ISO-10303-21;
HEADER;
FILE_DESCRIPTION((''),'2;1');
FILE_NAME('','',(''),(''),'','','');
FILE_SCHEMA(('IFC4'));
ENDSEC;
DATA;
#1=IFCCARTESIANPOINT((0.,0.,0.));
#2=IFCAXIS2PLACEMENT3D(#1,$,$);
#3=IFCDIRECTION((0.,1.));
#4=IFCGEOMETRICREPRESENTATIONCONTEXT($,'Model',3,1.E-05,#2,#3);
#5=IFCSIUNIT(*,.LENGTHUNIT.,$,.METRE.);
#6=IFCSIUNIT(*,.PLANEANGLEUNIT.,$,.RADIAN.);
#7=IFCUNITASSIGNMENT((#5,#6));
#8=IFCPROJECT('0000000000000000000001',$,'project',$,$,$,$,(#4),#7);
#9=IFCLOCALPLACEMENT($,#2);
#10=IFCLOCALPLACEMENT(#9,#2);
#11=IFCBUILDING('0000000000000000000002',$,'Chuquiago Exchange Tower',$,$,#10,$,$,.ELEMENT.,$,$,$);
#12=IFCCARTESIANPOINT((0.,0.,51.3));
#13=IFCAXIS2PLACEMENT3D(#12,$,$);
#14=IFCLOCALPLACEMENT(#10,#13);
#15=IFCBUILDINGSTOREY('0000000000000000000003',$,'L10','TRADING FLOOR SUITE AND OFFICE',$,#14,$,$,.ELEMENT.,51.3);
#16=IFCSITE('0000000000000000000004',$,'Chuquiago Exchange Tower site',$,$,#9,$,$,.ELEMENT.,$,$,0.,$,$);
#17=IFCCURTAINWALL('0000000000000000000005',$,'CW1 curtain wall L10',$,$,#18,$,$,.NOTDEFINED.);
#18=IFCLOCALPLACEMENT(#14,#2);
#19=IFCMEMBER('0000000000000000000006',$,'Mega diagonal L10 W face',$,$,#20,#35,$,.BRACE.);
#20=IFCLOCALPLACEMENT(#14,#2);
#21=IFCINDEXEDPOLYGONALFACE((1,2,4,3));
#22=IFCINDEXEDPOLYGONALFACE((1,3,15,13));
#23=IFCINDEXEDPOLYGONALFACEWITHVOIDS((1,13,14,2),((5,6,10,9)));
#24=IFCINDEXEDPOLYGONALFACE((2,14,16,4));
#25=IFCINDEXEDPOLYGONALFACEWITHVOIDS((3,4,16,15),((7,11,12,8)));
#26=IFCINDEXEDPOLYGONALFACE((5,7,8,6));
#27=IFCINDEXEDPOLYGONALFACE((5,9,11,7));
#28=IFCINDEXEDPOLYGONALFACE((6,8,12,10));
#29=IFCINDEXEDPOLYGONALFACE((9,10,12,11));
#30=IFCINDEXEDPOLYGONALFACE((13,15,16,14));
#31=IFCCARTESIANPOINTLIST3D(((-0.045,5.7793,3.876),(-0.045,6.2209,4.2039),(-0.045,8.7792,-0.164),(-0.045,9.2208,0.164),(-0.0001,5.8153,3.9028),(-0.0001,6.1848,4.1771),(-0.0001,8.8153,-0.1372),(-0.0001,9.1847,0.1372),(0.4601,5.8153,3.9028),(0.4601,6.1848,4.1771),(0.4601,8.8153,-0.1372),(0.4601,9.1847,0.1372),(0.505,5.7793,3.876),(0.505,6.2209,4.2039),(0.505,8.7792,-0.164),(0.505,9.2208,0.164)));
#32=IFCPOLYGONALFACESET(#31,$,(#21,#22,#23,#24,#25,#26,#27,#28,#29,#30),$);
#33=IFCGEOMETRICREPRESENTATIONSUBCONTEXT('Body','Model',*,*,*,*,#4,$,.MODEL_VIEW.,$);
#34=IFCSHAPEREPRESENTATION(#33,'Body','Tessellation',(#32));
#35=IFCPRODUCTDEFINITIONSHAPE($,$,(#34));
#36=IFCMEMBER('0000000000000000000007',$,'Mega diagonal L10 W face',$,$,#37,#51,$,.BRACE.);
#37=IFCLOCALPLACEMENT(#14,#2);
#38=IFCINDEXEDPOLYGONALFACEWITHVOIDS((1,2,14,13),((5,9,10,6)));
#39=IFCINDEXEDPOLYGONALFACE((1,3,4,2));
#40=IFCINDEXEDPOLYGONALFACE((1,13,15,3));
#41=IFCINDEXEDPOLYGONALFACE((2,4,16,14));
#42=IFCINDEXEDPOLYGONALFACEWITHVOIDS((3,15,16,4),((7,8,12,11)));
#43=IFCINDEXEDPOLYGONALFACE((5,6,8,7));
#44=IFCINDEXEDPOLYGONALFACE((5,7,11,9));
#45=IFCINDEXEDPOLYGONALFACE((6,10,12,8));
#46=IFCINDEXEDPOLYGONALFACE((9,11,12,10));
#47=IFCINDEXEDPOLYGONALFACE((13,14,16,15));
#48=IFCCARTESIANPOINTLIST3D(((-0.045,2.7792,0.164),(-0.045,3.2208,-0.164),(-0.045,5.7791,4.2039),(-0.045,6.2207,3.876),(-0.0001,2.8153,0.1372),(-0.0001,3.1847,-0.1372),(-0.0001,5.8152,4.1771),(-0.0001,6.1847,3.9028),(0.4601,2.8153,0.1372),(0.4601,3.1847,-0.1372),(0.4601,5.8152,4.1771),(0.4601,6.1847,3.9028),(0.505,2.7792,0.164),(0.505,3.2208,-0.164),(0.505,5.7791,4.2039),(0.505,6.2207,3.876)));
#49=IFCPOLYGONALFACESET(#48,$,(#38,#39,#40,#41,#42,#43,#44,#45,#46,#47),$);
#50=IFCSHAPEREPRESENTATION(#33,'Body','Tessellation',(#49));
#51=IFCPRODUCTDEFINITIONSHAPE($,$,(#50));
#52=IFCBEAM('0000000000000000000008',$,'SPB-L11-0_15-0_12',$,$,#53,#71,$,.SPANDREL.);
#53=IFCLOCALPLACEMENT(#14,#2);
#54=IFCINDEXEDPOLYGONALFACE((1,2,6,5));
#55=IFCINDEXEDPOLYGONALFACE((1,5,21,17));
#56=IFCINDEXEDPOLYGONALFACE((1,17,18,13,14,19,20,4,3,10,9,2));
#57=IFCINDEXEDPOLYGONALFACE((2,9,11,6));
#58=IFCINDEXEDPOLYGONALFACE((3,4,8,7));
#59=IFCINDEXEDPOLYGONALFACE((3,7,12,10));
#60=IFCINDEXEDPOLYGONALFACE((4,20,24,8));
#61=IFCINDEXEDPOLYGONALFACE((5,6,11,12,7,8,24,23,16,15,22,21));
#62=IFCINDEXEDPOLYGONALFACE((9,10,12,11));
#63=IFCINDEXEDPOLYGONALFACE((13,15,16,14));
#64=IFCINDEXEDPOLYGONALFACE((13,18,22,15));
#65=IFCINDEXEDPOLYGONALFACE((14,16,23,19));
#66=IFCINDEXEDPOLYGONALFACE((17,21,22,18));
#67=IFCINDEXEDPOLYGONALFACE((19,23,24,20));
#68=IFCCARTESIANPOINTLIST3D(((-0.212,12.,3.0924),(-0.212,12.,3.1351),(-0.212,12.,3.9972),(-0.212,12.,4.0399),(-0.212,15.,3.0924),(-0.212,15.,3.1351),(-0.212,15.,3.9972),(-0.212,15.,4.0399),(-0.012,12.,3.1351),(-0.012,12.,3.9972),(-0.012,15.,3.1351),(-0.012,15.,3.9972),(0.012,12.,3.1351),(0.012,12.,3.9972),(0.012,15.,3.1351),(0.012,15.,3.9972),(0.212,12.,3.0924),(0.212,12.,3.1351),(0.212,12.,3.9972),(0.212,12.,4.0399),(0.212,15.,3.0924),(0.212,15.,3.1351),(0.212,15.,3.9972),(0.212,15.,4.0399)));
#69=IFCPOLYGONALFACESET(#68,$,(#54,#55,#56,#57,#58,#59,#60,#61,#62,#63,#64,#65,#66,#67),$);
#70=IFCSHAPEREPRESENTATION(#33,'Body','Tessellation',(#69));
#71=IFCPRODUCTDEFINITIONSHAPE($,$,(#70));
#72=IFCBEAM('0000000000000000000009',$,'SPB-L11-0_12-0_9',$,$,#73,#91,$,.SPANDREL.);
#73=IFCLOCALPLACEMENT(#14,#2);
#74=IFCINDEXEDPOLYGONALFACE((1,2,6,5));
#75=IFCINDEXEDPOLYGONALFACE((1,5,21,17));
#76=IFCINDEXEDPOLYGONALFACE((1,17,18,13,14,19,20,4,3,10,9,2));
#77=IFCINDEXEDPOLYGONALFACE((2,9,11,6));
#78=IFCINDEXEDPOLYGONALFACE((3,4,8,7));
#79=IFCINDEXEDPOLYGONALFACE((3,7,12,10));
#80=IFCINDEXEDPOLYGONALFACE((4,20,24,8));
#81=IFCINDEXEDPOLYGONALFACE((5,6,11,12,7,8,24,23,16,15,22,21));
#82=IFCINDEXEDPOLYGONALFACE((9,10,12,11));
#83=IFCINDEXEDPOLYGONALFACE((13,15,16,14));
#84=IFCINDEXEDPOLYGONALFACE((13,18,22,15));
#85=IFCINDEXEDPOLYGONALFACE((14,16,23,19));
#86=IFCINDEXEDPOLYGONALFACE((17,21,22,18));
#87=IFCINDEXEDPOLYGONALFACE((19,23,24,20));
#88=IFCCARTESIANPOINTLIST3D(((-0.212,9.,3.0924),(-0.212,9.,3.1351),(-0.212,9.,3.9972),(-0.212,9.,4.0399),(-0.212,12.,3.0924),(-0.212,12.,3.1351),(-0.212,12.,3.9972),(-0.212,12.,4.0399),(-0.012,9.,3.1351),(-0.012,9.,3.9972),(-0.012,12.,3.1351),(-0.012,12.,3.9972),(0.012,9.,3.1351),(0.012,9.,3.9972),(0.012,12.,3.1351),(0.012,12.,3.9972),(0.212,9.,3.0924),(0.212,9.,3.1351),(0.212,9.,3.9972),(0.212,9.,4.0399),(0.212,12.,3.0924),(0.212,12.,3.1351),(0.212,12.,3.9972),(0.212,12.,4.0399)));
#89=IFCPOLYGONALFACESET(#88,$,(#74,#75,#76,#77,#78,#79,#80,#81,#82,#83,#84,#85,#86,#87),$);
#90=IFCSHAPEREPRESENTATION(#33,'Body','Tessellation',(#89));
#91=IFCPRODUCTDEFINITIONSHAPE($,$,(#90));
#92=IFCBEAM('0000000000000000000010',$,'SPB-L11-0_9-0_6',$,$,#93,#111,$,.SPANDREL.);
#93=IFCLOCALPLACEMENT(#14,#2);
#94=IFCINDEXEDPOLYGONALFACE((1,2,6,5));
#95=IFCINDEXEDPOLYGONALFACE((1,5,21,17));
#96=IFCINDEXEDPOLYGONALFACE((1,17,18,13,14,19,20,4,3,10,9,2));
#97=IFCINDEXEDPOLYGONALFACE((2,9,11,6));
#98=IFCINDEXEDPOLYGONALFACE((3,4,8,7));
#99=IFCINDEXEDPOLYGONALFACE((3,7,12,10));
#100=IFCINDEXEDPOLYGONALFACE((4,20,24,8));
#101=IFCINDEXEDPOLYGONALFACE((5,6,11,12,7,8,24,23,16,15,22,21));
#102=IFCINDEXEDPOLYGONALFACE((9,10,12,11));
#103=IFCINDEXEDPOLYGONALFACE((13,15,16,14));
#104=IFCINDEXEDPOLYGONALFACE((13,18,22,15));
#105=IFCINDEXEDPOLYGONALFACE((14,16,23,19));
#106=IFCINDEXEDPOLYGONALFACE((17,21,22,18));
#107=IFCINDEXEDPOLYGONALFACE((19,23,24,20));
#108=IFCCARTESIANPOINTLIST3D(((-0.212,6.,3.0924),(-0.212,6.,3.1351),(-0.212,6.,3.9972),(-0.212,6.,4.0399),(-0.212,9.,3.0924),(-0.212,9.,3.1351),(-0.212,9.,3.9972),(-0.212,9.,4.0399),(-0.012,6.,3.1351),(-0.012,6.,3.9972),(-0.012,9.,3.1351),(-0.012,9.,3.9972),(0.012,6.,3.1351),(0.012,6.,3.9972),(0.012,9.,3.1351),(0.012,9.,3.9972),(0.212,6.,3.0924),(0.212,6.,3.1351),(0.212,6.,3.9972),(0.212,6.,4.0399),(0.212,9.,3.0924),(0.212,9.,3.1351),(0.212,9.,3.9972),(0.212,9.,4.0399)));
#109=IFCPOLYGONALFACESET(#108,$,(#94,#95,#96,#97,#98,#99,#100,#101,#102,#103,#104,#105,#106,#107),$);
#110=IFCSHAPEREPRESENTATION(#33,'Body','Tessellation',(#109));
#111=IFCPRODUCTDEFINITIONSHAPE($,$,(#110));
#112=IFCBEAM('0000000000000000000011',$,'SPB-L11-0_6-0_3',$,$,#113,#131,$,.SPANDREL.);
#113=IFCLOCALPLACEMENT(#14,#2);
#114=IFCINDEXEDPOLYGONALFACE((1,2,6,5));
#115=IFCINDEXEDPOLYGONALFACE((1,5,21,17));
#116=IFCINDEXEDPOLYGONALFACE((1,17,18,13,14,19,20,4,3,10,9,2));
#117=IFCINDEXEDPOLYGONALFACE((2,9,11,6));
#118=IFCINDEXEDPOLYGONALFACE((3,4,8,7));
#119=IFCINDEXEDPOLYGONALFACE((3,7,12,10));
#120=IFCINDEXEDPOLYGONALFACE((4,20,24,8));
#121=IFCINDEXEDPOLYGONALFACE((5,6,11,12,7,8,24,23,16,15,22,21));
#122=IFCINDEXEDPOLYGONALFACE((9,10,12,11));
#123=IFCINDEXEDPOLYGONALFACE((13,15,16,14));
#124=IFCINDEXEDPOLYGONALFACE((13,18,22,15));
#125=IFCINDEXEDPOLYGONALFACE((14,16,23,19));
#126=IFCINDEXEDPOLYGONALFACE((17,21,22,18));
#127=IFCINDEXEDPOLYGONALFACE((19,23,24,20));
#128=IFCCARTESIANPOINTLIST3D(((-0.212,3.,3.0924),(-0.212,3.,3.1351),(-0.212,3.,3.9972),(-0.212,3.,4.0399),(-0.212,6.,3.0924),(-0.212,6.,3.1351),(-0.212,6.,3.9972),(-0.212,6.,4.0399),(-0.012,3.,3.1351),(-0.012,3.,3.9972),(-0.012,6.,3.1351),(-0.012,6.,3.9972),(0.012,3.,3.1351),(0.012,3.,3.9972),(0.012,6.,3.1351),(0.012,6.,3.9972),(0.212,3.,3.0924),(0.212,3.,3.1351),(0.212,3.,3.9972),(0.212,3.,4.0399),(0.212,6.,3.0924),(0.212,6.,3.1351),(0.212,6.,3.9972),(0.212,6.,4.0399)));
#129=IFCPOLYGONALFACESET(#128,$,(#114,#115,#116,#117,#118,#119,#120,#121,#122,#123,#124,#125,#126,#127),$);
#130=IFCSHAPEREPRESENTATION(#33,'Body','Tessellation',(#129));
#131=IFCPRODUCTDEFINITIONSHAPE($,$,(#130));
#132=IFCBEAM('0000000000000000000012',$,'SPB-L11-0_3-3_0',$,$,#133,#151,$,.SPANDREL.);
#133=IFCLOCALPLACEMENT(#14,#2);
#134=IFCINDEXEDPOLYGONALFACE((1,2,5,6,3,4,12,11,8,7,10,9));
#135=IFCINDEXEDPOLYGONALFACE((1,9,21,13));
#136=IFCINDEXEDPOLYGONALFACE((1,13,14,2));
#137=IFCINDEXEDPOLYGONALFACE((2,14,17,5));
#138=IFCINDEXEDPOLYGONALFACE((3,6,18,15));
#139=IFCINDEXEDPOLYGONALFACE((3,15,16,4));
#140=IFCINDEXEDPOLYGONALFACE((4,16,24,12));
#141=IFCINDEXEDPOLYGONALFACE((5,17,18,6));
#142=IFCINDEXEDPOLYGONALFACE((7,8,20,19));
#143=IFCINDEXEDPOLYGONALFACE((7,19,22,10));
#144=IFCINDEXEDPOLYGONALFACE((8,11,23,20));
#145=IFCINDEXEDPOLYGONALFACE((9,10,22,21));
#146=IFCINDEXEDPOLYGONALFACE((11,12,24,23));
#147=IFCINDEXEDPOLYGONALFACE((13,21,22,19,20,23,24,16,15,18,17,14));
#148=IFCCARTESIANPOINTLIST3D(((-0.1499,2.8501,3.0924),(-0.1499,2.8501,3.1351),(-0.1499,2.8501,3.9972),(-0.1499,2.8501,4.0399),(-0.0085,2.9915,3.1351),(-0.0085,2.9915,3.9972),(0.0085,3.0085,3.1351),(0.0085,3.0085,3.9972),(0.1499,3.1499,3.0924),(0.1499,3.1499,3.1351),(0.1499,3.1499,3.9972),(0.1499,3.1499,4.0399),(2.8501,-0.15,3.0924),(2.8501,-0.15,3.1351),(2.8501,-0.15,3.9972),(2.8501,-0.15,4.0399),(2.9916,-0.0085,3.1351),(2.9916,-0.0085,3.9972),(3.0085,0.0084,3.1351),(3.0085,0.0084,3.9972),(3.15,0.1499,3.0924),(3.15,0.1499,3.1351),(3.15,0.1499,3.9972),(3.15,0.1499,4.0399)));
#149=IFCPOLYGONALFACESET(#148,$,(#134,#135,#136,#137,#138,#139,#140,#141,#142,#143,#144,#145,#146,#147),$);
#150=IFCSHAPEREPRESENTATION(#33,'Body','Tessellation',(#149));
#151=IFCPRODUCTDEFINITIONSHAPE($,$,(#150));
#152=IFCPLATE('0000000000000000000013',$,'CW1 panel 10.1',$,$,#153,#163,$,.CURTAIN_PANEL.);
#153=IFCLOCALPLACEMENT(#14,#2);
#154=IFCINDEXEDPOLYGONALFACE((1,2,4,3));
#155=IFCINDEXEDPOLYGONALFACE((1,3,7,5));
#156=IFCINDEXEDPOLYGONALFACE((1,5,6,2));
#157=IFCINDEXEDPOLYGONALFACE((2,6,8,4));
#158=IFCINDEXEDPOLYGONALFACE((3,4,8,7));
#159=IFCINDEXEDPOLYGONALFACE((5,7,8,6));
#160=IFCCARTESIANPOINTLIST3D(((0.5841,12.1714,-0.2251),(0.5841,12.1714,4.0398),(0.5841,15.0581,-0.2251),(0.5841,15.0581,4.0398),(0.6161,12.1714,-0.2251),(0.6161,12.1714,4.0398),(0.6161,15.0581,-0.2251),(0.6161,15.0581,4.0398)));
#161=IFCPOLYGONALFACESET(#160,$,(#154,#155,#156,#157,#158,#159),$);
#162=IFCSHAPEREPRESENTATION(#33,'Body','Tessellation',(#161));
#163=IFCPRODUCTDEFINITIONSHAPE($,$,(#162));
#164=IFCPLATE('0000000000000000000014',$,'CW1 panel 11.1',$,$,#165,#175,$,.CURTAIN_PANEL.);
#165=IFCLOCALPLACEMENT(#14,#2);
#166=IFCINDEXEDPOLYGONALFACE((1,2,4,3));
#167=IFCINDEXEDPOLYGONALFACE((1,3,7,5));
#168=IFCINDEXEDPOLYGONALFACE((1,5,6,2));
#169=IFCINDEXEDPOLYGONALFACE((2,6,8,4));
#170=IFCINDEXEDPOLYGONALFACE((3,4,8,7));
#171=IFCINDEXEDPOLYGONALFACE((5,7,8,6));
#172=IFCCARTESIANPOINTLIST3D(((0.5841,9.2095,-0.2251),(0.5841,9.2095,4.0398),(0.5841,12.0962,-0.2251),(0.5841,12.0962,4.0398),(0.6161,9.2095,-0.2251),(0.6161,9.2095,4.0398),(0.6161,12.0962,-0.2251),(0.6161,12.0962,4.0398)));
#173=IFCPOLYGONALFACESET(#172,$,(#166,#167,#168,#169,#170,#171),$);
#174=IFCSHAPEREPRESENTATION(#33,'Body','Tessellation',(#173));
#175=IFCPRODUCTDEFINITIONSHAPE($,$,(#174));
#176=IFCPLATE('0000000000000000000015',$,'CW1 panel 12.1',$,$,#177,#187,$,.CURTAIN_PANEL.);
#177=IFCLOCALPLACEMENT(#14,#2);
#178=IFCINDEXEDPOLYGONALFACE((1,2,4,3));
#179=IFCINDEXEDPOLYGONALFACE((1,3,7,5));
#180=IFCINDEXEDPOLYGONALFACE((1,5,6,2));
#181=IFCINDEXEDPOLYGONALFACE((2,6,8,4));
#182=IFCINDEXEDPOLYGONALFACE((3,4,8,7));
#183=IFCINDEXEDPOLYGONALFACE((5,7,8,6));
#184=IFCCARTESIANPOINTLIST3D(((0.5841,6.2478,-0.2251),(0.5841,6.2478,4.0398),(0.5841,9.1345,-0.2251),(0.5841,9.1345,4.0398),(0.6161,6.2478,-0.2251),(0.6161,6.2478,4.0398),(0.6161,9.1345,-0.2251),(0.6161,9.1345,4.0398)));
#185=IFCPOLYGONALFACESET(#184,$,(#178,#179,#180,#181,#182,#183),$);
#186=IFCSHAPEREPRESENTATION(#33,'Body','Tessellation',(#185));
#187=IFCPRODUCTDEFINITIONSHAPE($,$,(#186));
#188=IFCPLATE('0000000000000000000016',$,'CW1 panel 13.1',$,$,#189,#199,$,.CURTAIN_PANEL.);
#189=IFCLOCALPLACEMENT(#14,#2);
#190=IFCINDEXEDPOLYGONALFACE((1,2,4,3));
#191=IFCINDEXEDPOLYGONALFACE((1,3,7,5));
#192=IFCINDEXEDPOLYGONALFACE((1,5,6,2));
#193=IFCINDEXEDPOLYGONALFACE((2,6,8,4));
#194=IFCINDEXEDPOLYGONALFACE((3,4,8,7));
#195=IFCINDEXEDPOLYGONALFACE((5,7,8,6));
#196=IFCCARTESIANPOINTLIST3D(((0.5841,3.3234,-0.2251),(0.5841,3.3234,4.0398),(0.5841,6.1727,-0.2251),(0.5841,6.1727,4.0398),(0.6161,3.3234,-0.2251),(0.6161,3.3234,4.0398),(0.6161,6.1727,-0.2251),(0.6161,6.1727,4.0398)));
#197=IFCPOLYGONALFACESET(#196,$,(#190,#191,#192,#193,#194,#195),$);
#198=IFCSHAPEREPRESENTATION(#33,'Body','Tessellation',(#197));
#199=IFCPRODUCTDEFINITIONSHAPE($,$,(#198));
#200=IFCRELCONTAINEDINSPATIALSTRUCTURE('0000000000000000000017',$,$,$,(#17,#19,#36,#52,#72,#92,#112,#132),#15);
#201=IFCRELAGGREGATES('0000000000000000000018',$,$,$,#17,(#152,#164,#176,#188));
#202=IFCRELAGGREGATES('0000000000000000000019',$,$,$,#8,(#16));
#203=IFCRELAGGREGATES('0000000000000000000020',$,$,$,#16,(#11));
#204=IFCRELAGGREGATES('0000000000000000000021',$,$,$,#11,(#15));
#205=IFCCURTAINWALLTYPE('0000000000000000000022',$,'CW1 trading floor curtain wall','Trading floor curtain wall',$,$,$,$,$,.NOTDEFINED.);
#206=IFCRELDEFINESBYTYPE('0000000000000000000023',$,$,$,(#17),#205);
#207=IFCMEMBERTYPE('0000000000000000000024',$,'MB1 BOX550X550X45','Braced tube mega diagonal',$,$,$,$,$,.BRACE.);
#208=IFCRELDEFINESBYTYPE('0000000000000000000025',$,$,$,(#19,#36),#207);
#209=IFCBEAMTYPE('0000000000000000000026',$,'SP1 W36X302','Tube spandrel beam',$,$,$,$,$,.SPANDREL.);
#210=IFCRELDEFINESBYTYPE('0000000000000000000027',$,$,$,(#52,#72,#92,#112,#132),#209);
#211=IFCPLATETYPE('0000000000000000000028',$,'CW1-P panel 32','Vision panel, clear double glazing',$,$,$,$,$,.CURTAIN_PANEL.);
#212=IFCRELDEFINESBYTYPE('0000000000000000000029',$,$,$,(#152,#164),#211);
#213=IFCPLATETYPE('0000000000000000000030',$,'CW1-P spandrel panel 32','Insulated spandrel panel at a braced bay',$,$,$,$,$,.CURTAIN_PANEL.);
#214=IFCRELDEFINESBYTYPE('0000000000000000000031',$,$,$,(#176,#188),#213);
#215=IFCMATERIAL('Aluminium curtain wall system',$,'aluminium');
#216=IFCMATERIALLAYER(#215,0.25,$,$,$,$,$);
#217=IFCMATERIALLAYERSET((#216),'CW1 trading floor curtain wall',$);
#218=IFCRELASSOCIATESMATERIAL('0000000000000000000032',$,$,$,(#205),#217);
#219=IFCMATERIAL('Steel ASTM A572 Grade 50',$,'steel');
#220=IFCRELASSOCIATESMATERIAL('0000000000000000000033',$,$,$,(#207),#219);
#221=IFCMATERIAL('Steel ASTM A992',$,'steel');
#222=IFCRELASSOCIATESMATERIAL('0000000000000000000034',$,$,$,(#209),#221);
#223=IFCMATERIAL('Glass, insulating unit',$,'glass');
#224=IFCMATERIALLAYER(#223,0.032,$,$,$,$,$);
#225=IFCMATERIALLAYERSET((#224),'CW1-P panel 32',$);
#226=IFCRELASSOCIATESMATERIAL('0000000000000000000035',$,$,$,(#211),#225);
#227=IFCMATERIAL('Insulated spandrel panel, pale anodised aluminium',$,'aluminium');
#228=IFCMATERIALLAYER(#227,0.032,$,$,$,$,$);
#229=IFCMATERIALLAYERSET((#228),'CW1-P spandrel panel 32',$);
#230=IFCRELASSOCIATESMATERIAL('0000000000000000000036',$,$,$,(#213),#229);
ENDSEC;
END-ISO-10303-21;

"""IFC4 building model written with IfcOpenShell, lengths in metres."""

from ifc_helpers import new_model, si_unit, direction, frame, origin, origin_2d, place, context, subcontext, project, spatial, rectangle, hollow_rectangle, i_section, extrude, material, layer, layer_set, material_profile, profile_set, type_object, element, aggregate, save


model = new_model("IFC4")

# Units and contexts
model_context = context("Model", 3, precision=1e-05, world=origin(), true_north=direction((0.0, 1.0)))
body_context = subcontext(model_context, "Body", "Model", "MODEL_VIEW")
ifc_project = project(units=[si_unit("LENGTHUNIT", "METRE"), si_unit("PLANEANGLEUNIT", "RADIAN")], contexts=[model_context])

# Site, building, storey
site_placement = place(None, origin())
site = spatial("IfcSite", under=ifc_project, at=site_placement, Name="Chuquiago Exchange Tower site", CompositionType="ELEMENT", RefElevation=0.0)
building_placement = place(site_placement, origin())
building = spatial("IfcBuilding", under=site, at=building_placement, Name="Chuquiago Exchange Tower", CompositionType="ELEMENT")
storey_placement = place(building_placement, frame((0.0, 0.0, 51.3)))
storey = spatial("IfcBuildingStorey", under=building, at=storey_placement, Name="L10", Description="TRADING FLOOR SUITE AND OFFICE", CompositionType="ELEMENT", Elevation=51.3)

# Curtain wall
ifc_material_1 = material(Name="Aluminium curtain wall system", Category="aluminium")
ifc_layer_1 = layer(ifc_material_1, 0.25)
ifc_layer_set_1 = layer_set([ifc_layer_1], Name="CW1 trading floor curtain wall")
curtain_wall_type = type_object("IfcCurtainWallType", Name="CW1 trading floor curtain wall", Description="Trading floor curtain wall", PredefinedType="NOTDEFINED", material=ifc_layer_set_1)
curtain_wall_placement = place(storey_placement, origin())
curtain_wall = element("IfcCurtainWall", 1, at=curtain_wall_placement, inside=storey, type_object=curtain_wall_type, Name="CW1 curtain wall L10", PredefinedType="NOTDEFINED")

# Members
ifc_material_2 = material(Name="Steel ASTM A572 Grade 50", Category="steel")
ifc_material_profile_1 = material_profile(ifc_material_2, hollow_rectangle(XDim=0.55, YDim=0.55, WallThickness=0.0449, at=origin_2d()), Name="BOX550X550X45")
ifc_profile_set_1 = profile_set([ifc_material_profile_1], Name="Steel ASTM A572 Grade 50")
member_type_1 = type_object("IfcMemberType", Name="MB1 BOX550X550X45", Description="Braced tube mega diagonal", PredefinedType="BRACE", material=ifc_profile_set_1)
for number, where, z_axis, x_axis, name in (
    (2, (0.23, 9.0, 0.0), (0.0, -0.596174, 0.802855), (1.0, 0.0, 0.0), "Mega diagonal L10 W face"),
    (3, (0.23, 3.0, 0.0), (0.0, 0.596174, 0.802855), (-1.0, 0.0, 0.0), "Mega diagonal L10 W face"),
):
    element("IfcMember", number, at=place(storey_placement, frame(where, z_axis=z_axis, x_axis=x_axis)), inside=storey, type_object=member_type_1, Name=name, PredefinedType="BRACE", context=body_context, shape_type="SweptSolid", body=[
        extrude(hollow_rectangle(XDim=0.55, YDim=0.55, WallThickness=0.0449, at=origin_2d()), origin(), (0.0, 0.0, 1.0), 5.032),
    ])

# Beams
ifc_material_3 = material(Name="Steel ASTM A992", Category="steel")
ifc_material_profile_2 = material_profile(ifc_material_3, i_section(OverallWidth=0.4241, OverallDepth=0.9475, WebThickness=0.0239, FlangeThickness=0.0427, at=origin_2d()), Name="W36X302")
ifc_profile_set_2 = profile_set([ifc_material_profile_2], Name="Steel ASTM A992")
beam_type = type_object("IfcBeamType", Name="SP1 W36X302", Description="Tube spandrel beam", PredefinedType="SPANDREL", material=ifc_profile_set_2)
for number, where, z_axis, x_axis, name in (
    (4, (0.0, 15.0, 3.5662), (0.0, -1.0, 0.0), (1.0, 0.0, 0.0), "SPB-L11-0_15-0_12"),
    (5, (0.0, 12.0, 3.5662), (0.0, -1.0, 0.0), (1.0, 0.0, 0.0), "SPB-L11-0_12-0_9"),
    (6, (0.0, 9.0, 3.5662), (0.0, -1.0, 0.0), (1.0, 0.0, 0.0), "SPB-L11-0_9-0_6"),
    (7, (0.0, 6.0, 3.5662), (0.0, -1.0, 0.0), (1.0, 0.0, 0.0), "SPB-L11-0_6-0_3"),
):
    element("IfcBeam", number, at=place(storey_placement, frame(where, z_axis=z_axis, x_axis=x_axis)), inside=storey, type_object=beam_type, Name=name, PredefinedType="SPANDREL", context=body_context, shape_type="SweptSolid", body=[
        extrude(i_section(OverallWidth=0.4241, OverallDepth=0.9475, WebThickness=0.0239, FlangeThickness=0.0427, at=origin_2d()), origin(), (0.0, 0.0, 1.0), 3.0),
    ])
beam_placement = place(storey_placement, frame((0.0, 3.0, 3.5662), z_axis=(0.707107, -0.707107, 0.0), x_axis=(0.707107, 0.707107, 0.0)))
element("IfcBeam", 8, at=beam_placement, inside=storey, type_object=beam_type, Name="SPB-L11-0_3-3_0", PredefinedType="SPANDREL", context=body_context, shape_type="SweptSolid", body=[
    extrude(i_section(OverallWidth=0.4241, OverallDepth=0.9475, WebThickness=0.0239, FlangeThickness=0.0427, at=origin_2d()), origin(), (0.0, 0.0, 1.0), 4.2427),
])

# Plates
ifc_material_4 = material(Name="Glass, insulating unit", Category="glass")
ifc_layer_2 = layer(ifc_material_4, 0.032)
ifc_layer_set_2 = layer_set([ifc_layer_2], Name="CW1-P panel 32")
plate_type_1 = type_object("IfcPlateType", Name="CW1-P panel 32", Description="Vision panel, clear double glazing", PredefinedType="CURTAIN_PANEL", material=ifc_layer_set_2)
plate_1_placement = place(storey_placement, frame((0.6001, 13.6147, -0.2251), z_axis=(0.0, 0.0, 1.0), x_axis=(0.0, -1.0, 0.0)))
plate_1 = element("IfcPlate", 9, at=plate_1_placement, type_object=plate_type_1, Name="CW1 panel 10.1", PredefinedType="CURTAIN_PANEL", context=body_context, shape_type="SweptSolid", body=[
    extrude(rectangle(XDim=2.8867, YDim=0.032, at=origin_2d()), origin(), (0.0, 0.0, 1.0), 4.2649),
])
plate_2_placement = place(storey_placement, frame((0.6001, 10.6528, -0.2251), z_axis=(0.0, 0.0, 1.0), x_axis=(0.0, -1.0, 0.0)))
plate_2 = element("IfcPlate", 10, at=plate_2_placement, type_object=plate_type_1, Name="CW1 panel 11.1", PredefinedType="CURTAIN_PANEL", context=body_context, shape_type="SweptSolid", body=[
    extrude(rectangle(XDim=2.8867, YDim=0.032, at=origin_2d()), origin(), (0.0, 0.0, 1.0), 4.2649),
])
ifc_material_5 = material(Name="Insulated spandrel panel, pale anodised aluminium", Category="aluminium")
ifc_layer_3 = layer(ifc_material_5, 0.032)
ifc_layer_set_3 = layer_set([ifc_layer_3], Name="CW1-P spandrel panel 32")
plate_type_2 = type_object("IfcPlateType", Name="CW1-P spandrel panel 32", Description="Insulated spandrel panel at a braced bay", PredefinedType="CURTAIN_PANEL", material=ifc_layer_set_3)
plate_3_placement = place(storey_placement, frame((0.6001, 7.6912, -0.2251), z_axis=(0.0, 0.0, 1.0), x_axis=(0.0, -1.0, 0.0)))
plate_3 = element("IfcPlate", 11, at=plate_3_placement, type_object=plate_type_2, Name="CW1 panel 12.1", PredefinedType="CURTAIN_PANEL", context=body_context, shape_type="SweptSolid", body=[
    extrude(rectangle(XDim=2.8867, YDim=0.032, at=origin_2d()), origin(), (0.0, 0.0, 1.0), 4.2649),
])
plate_4_placement = place(storey_placement, frame((0.6001, 4.748, -0.2251), z_axis=(0.0, 0.0, 1.0), x_axis=(0.0, -1.0, 0.0)))
plate_4 = element("IfcPlate", 12, at=plate_4_placement, type_object=plate_type_2, Name="CW1 panel 13.1", PredefinedType="CURTAIN_PANEL", context=body_context, shape_type="SweptSolid", body=[
    extrude(rectangle(XDim=2.8494, YDim=0.032, at=origin_2d()), origin(), (0.0, 0.0, 1.0), 4.2649),
])
aggregate(curtain_wall, [plate_1, plate_2, plate_3, plate_4])

save(model, "model.ifc")
